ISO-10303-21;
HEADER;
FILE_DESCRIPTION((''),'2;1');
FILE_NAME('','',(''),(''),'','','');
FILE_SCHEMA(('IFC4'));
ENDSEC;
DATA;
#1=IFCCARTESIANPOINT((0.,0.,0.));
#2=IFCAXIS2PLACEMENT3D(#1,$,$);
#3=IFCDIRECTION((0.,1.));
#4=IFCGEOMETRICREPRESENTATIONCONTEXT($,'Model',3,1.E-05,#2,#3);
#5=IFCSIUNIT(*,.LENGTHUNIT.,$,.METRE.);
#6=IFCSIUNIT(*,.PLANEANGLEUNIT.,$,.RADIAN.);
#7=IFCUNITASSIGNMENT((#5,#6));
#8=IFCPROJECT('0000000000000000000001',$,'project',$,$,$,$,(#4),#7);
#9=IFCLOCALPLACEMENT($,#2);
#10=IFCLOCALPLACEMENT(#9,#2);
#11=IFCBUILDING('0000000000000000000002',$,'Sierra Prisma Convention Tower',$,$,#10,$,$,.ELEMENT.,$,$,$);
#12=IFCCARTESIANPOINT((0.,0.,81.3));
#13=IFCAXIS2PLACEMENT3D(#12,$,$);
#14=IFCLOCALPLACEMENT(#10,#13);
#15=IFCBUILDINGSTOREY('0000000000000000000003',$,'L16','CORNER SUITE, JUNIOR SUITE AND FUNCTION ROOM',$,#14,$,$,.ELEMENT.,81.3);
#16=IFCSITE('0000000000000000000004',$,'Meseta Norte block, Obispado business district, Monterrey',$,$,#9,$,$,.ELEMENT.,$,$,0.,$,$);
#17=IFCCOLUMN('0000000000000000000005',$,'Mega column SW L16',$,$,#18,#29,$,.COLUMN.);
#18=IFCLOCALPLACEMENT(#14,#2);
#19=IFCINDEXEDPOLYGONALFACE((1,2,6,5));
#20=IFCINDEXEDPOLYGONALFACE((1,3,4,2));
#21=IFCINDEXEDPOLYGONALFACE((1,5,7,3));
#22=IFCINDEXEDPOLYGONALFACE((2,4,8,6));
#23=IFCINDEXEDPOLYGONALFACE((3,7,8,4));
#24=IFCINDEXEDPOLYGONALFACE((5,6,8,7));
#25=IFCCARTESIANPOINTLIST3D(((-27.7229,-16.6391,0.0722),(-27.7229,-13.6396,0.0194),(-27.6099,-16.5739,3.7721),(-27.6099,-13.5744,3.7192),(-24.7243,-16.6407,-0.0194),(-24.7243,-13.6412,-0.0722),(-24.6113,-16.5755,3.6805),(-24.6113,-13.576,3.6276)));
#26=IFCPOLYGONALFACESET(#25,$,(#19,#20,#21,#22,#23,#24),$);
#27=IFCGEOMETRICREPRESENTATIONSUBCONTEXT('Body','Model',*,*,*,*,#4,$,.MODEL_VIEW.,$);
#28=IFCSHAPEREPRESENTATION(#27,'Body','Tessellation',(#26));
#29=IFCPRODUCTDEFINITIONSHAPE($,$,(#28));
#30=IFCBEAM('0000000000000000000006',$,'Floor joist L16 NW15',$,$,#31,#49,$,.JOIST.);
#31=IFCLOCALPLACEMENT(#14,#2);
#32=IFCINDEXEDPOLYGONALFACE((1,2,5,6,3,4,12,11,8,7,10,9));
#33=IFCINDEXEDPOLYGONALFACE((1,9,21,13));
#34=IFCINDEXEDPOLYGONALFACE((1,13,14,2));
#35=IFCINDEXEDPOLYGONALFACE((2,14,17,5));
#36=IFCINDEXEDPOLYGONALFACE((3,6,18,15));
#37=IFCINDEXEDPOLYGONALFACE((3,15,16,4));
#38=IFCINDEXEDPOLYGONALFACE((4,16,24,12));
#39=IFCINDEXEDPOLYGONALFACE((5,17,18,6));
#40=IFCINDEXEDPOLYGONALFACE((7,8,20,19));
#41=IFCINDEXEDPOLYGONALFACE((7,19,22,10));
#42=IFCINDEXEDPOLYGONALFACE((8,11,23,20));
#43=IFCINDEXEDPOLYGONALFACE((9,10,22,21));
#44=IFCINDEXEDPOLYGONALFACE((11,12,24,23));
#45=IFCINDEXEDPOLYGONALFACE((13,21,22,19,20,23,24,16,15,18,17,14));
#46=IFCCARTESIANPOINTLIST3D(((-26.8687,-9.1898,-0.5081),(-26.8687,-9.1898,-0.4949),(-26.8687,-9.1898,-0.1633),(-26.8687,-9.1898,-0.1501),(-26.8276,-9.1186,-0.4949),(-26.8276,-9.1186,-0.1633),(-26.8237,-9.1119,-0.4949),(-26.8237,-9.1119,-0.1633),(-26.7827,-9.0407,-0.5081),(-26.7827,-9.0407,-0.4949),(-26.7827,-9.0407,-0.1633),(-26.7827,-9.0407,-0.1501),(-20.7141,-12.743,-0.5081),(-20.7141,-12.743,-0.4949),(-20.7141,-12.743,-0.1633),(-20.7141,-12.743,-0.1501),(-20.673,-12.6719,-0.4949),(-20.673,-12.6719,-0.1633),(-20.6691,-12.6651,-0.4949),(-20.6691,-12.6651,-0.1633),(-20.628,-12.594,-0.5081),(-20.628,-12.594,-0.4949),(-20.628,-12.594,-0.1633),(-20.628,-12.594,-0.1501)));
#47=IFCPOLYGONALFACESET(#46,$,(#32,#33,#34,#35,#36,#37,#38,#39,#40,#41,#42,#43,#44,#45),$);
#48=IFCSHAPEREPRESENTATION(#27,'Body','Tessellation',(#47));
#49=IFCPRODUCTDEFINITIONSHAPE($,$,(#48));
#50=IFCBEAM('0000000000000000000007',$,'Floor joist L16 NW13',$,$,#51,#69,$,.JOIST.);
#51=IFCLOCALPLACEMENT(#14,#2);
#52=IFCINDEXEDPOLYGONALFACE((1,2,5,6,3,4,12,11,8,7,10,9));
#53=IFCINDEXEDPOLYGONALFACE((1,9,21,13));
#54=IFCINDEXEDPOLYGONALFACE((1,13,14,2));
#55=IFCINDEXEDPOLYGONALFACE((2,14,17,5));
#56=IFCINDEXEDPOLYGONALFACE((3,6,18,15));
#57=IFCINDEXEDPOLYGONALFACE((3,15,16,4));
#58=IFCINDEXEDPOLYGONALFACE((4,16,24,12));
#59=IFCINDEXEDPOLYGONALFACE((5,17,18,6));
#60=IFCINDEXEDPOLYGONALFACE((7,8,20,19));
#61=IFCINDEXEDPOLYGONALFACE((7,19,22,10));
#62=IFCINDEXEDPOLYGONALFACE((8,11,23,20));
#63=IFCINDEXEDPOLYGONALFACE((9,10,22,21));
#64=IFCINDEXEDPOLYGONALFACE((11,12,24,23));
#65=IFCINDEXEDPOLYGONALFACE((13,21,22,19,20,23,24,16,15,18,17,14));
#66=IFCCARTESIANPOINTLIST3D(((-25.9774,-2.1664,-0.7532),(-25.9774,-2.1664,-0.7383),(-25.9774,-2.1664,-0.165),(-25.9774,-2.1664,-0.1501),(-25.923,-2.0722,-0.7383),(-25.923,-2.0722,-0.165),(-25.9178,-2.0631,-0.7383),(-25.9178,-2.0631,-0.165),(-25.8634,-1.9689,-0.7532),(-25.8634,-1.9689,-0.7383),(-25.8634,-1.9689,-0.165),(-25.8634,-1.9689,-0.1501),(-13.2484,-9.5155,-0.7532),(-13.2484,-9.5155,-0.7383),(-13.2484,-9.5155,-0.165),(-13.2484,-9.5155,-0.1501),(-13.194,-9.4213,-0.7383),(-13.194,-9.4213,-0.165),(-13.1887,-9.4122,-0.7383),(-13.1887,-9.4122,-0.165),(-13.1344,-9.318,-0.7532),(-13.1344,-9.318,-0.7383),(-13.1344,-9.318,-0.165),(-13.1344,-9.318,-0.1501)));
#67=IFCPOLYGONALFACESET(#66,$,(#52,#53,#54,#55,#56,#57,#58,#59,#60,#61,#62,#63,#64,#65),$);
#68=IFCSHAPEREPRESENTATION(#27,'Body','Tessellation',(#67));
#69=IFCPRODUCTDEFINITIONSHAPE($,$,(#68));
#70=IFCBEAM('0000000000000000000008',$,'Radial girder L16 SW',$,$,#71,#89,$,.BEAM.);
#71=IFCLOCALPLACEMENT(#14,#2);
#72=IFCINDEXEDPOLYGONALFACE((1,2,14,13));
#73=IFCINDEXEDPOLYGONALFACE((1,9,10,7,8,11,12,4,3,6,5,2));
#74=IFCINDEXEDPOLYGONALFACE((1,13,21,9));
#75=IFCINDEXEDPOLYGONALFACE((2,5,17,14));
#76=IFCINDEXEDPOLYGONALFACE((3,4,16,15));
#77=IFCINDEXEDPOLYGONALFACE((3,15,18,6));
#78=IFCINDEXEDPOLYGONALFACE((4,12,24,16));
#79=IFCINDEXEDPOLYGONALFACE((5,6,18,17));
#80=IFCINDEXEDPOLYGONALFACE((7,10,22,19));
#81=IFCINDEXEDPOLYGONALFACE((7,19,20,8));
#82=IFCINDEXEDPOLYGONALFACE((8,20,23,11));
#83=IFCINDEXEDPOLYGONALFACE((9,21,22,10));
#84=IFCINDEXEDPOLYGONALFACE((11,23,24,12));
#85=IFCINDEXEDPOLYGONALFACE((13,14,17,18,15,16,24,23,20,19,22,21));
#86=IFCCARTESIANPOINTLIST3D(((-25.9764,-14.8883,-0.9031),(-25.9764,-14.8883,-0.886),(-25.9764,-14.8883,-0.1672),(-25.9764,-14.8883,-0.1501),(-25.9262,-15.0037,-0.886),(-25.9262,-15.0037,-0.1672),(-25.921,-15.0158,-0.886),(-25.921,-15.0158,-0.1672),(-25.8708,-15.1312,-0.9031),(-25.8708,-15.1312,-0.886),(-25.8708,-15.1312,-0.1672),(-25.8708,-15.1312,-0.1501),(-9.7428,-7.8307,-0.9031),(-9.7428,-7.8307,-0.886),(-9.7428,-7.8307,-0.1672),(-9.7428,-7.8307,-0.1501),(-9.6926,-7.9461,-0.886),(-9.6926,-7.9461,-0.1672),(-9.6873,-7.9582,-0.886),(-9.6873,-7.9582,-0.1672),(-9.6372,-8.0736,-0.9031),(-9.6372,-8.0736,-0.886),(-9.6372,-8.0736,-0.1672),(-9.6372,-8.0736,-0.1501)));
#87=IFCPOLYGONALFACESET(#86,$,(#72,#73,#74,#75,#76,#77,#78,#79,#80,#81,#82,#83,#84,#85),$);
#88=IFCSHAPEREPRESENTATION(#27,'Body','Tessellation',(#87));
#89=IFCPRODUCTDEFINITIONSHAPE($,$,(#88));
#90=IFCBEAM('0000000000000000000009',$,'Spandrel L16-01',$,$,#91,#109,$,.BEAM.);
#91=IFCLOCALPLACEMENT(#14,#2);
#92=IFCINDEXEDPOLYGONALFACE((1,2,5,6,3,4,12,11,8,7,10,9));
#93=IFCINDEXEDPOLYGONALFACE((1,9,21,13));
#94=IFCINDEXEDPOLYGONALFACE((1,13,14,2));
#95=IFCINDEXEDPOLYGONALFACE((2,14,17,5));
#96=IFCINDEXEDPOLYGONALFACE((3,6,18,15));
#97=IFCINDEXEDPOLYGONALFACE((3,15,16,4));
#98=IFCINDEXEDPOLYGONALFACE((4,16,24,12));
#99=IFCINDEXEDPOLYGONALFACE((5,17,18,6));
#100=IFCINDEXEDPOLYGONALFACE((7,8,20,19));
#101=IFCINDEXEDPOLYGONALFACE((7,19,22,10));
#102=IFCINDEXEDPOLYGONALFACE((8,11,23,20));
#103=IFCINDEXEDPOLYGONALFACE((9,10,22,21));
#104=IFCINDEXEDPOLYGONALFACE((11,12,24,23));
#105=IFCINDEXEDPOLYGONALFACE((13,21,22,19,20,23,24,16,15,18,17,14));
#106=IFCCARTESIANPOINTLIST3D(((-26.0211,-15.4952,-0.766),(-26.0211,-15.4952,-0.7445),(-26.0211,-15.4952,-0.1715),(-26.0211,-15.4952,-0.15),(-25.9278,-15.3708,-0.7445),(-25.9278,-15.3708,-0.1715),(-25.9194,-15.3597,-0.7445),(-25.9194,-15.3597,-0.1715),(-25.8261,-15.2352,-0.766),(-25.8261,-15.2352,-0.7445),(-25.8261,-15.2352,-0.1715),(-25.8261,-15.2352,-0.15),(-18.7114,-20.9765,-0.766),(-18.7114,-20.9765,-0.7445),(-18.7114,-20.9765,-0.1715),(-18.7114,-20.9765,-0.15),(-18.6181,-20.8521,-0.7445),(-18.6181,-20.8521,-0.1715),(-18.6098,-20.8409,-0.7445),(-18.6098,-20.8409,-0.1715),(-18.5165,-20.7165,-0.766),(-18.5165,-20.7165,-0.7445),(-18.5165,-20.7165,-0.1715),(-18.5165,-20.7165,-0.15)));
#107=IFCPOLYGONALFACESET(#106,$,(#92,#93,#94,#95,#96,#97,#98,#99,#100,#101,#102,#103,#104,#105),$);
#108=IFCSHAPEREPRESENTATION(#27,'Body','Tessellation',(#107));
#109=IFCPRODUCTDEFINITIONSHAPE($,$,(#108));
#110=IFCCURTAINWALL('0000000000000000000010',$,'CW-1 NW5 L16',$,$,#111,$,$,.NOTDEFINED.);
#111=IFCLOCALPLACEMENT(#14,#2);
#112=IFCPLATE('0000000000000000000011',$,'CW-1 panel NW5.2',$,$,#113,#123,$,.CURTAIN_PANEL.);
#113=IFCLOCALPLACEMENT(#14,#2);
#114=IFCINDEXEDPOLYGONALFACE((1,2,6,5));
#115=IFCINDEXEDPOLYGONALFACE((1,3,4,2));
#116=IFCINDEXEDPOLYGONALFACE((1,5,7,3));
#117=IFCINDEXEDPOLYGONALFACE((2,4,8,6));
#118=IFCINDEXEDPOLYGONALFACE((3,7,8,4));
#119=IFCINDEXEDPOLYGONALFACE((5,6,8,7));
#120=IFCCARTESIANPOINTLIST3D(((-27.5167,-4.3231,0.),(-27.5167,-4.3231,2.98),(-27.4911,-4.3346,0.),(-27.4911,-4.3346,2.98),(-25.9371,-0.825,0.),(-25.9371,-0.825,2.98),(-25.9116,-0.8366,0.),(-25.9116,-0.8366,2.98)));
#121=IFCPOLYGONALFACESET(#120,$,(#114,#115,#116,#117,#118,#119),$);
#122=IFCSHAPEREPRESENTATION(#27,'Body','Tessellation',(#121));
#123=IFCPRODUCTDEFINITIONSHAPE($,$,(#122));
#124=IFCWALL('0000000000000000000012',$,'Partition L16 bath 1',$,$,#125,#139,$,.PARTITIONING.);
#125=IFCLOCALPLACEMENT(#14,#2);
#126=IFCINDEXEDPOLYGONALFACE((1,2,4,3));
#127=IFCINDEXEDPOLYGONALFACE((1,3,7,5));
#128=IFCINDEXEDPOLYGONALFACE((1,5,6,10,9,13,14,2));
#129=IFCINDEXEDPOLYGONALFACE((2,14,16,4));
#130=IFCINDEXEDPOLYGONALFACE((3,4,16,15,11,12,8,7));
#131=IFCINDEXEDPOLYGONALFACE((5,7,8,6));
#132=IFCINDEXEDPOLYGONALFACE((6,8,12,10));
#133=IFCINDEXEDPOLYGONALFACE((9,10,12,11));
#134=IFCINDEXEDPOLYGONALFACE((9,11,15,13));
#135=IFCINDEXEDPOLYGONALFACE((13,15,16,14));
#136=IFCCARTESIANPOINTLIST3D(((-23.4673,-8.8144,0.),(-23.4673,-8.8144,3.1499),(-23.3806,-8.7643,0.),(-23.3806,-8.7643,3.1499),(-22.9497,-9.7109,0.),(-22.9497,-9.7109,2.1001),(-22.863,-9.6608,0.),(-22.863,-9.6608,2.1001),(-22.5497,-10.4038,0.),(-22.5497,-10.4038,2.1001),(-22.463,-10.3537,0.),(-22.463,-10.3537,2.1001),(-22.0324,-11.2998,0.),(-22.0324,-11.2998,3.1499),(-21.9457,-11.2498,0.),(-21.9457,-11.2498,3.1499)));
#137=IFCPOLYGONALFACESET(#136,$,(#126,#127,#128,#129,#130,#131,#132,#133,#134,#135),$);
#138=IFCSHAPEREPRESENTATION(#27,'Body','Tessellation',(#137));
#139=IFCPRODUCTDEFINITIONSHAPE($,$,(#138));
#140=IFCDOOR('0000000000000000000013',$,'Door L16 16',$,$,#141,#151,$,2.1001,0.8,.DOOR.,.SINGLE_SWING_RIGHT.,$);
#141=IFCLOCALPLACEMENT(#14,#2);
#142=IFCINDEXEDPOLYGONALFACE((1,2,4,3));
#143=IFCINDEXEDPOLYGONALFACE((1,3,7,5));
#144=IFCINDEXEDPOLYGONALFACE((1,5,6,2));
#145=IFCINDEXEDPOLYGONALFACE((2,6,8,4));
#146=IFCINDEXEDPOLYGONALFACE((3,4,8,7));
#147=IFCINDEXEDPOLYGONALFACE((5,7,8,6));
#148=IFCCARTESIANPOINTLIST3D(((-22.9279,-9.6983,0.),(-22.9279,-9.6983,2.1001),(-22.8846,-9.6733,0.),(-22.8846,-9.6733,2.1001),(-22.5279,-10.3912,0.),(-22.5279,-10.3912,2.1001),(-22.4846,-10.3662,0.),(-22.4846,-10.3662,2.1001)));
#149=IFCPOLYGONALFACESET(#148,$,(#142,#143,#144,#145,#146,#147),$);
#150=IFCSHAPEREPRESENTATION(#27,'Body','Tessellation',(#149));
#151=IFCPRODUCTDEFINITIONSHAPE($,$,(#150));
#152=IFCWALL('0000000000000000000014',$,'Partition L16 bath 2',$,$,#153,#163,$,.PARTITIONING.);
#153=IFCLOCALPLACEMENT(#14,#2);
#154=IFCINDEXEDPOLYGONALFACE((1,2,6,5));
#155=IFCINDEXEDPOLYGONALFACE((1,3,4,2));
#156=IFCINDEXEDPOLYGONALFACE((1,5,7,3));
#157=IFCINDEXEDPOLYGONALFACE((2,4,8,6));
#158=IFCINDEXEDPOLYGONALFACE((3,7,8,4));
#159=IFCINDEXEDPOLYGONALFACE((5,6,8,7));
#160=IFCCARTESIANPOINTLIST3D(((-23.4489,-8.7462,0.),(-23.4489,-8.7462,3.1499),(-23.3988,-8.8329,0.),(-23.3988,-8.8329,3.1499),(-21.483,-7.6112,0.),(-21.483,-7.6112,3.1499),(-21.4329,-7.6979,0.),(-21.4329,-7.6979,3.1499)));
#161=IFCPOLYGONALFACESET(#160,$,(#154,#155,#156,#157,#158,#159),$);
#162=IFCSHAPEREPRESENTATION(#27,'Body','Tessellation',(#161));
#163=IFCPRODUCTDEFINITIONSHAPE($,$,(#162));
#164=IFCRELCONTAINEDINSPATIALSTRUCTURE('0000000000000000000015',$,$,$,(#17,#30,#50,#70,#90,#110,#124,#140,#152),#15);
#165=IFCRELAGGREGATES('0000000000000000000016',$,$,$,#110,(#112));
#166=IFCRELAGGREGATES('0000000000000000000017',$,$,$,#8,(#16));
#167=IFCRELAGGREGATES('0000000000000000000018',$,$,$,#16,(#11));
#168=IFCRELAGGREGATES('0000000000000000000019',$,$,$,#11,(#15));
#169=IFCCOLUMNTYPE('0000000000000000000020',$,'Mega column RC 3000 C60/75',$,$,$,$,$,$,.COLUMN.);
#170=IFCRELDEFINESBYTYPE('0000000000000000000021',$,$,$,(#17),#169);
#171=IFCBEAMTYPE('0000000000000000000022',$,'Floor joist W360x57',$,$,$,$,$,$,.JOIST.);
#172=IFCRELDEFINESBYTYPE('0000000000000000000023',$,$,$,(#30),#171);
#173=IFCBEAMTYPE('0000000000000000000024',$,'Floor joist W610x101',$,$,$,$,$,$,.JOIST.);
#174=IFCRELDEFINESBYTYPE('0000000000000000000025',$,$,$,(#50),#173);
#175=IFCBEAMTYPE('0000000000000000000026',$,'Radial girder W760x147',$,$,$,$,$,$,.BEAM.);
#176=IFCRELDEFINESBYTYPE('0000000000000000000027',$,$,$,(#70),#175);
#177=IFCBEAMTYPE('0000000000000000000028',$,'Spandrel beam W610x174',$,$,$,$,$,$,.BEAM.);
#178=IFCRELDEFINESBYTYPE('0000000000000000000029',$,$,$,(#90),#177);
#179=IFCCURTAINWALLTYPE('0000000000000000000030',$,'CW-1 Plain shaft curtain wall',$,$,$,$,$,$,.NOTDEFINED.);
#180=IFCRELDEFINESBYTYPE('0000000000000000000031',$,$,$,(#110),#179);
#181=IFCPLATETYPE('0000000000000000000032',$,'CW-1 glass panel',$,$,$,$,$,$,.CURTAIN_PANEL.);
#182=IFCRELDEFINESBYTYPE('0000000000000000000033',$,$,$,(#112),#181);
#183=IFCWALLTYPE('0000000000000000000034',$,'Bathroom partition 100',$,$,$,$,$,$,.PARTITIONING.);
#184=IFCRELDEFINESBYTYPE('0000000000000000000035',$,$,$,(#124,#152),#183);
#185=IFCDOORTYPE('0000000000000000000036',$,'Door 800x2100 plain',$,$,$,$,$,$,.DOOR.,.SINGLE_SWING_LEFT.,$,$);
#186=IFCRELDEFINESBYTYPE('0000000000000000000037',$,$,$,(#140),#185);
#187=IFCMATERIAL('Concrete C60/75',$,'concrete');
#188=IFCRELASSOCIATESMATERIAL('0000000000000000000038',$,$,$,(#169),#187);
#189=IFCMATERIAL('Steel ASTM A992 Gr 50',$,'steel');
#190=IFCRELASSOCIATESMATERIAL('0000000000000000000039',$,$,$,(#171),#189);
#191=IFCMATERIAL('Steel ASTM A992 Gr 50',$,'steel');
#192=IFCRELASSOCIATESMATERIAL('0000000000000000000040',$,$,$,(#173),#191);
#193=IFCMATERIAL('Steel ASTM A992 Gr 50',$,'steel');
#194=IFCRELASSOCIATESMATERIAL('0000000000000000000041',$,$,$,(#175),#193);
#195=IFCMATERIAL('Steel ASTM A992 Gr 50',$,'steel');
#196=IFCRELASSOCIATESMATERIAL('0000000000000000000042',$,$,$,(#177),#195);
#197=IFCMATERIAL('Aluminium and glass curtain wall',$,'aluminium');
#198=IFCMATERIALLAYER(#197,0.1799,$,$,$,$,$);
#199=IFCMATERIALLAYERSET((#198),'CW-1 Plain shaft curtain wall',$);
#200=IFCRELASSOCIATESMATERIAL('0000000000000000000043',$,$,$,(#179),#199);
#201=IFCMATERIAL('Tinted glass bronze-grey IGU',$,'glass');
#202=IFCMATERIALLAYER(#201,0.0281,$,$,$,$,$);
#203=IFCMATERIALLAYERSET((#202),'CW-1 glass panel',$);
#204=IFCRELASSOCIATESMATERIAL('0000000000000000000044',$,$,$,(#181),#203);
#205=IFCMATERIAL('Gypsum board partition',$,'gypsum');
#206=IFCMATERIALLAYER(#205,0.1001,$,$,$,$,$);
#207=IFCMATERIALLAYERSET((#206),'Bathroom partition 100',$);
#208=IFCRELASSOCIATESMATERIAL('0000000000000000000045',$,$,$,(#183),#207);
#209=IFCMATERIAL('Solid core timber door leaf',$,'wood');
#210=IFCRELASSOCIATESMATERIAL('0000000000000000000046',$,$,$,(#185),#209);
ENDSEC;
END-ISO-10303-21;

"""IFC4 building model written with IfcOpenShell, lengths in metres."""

from ifc_helpers import new_model, si_unit, direction, frame, frame_2d, origin, origin_2d, place, context, subcontext, project, spatial, rectangle, i_section, extrude, material, layer, layer_set, material_profile, profile_set, type_object, element, fill, aggregate, save


model = new_model("IFC4")

# Units and contexts
model_context = context("Model", 3, precision=1e-05, world=origin(), true_north=direction((0.0, 1.0)))
body_context = subcontext(model_context, "Body", "Model", "MODEL_VIEW")
ifc_project = project(units=[si_unit("LENGTHUNIT", "METRE"), si_unit("PLANEANGLEUNIT", "RADIAN")], contexts=[model_context])

# Site, building, storey
site_placement = place(None, origin())
site = spatial("IfcSite", under=ifc_project, at=site_placement, Name="Meseta Norte block, Obispado business district, Monterrey", CompositionType="ELEMENT", RefElevation=0.0)
building_placement = place(site_placement, origin())
building = spatial("IfcBuilding", under=site, at=building_placement, Name="Sierra Prisma Convention Tower", CompositionType="ELEMENT")
storey_placement = place(building_placement, frame((0.0, 0.0, 81.3)))
storey = spatial("IfcBuildingStorey", under=building, at=storey_placement, Name="L16", Description="CORNER SUITE, JUNIOR SUITE AND FUNCTION ROOM", CompositionType="ELEMENT", Elevation=81.3)

# Column
ifc_material_1 = material(Name="Concrete C60/75", Category="concrete")
ifc_material_profile_1 = material_profile(ifc_material_1, rectangle(XDim=3.0, YDim=3.0, at=origin_2d()), Name="Mega column RC 3000 C60/75")
ifc_profile_set_1 = profile_set([ifc_material_profile_1], Name="Concrete C60/75")
column_type = type_object("IfcColumnType", Name="Mega column RC 3000 C60/75", PredefinedType="COLUMN", material=ifc_profile_set_1)
column_placement = place(storey_placement, frame((-26.2236, -15.1401, 0.0), z_axis=(0.030532, 0.017607, 0.999379), x_axis=(0.999534, -0.000538, -0.030527)))
element("IfcColumn", 1, at=column_placement, inside=storey, type_object=column_type, Name="Mega column SW L16", PredefinedType="COLUMN", context=body_context, shape_type="SweptSolid", body=[
    extrude(rectangle(XDim=3.0, YDim=3.0, at=origin_2d()), origin(), (0.0, 0.0, 1.0), 3.7021),
])

# Beams
ifc_material_2 = material(Name="Steel ASTM A992 Gr 50", Category="steel")
ifc_material_profile_2 = material_profile(ifc_material_2, i_section(OverallWidth=0.1721, OverallDepth=0.3579, WebThickness=0.0078, FlangeThickness=0.0132, at=origin_2d()), Name="W360x57")
ifc_profile_set_2 = profile_set([ifc_material_profile_2], Name="Steel ASTM A992 Gr 50")
beam_type_1 = type_object("IfcBeamType", Name="Floor joist W360x57", PredefinedType="JOIST", material=ifc_profile_set_2)
beam_1_placement = place(storey_placement, frame((-26.8257, -9.1152, -0.3291), z_axis=(0.866032, -0.499989, 0.0), x_axis=(0.499989, 0.866032, 0.0)))
element("IfcBeam", 2, at=beam_1_placement, inside=storey, type_object=beam_type_1, Name="Floor joist L16 NW15", PredefinedType="JOIST", context=body_context, shape_type="SweptSolid", body=[
    extrude(i_section(OverallWidth=0.1721, OverallDepth=0.3579, WebThickness=0.0078, FlangeThickness=0.0132, at=origin_2d()), origin(), (0.0, 0.0, 1.0), 7.1067),
])
ifc_material_3 = material(Name="Steel ASTM A992 Gr 50", Category="steel")
ifc_material_profile_3 = material_profile(ifc_material_3, i_section(OverallWidth=0.228, OverallDepth=0.603, WebThickness=0.0105, FlangeThickness=0.0149, at=origin_2d()), Name="W610x101")
ifc_profile_set_3 = profile_set([ifc_material_profile_3], Name="Steel ASTM A992 Gr 50")
beam_type_2 = type_object("IfcBeamType", Name="Floor joist W610x101", PredefinedType="JOIST", material=ifc_profile_set_3)
beam_2_placement = place(storey_placement, frame((-25.9204, -2.0676, -0.4517), z_axis=(0.866025, -0.500001, 0.0), x_axis=(0.500001, 0.866025, 0.0)))
element("IfcBeam", 3, at=beam_2_placement, inside=storey, type_object=beam_type_2, Name="Floor joist L16 NW13", PredefinedType="JOIST", context=body_context, shape_type="SweptSolid", body=[
    extrude(i_section(OverallWidth=0.228, OverallDepth=0.603, WebThickness=0.0105, FlangeThickness=0.0149, at=origin_2d()), origin(), (0.0, 0.0, 1.0), 14.6982),
])
ifc_material_4 = material(Name="Steel ASTM A992 Gr 50", Category="steel")
ifc_material_profile_4 = material_profile(ifc_material_4, i_section(OverallWidth=0.2649, OverallDepth=0.7529, WebThickness=0.0132, FlangeThickness=0.0171, at=origin_2d()), Name="W760x147")
ifc_profile_set_4 = profile_set([ifc_material_profile_4], Name="Steel ASTM A992 Gr 50")
beam_type_3 = type_object("IfcBeamType", Name="Radial girder W760x147", PredefinedType="BEAM", material=ifc_profile_set_4)
beam_3_placement = place(storey_placement, frame((-25.9236, -15.0098, -0.5266), z_axis=(0.91708, 0.398703, 0.0), x_axis=(-0.398703, 0.91708, 0.0)))
element("IfcBeam", 4, at=beam_3_placement, inside=storey, type_object=beam_type_3, Name="Radial girder L16 SW", PredefinedType="BEAM", context=body_context, shape_type="SweptSolid", body=[
    extrude(i_section(OverallWidth=0.2649, OverallDepth=0.7529, WebThickness=0.0132, FlangeThickness=0.0171, at=origin_2d()), origin(), (0.0, 0.0, 1.0), 17.7014),
])
ifc_material_5 = material(Name="Steel ASTM A992 Gr 50", Category="steel")
ifc_material_profile_5 = material_profile(ifc_material_5, i_section(OverallWidth=0.325, OverallDepth=0.616, WebThickness=0.0139, FlangeThickness=0.0215, at=origin_2d()), Name="W610x174")
ifc_profile_set_5 = profile_set([ifc_material_profile_5], Name="Steel ASTM A992 Gr 50")
beam_type_4 = type_object("IfcBeamType", Name="Spandrel beam W610x174", PredefinedType="BEAM", material=ifc_profile_set_5)
beam_4_placement = place(storey_placement, frame((-25.9236, -15.3652, -0.458), z_axis=(0.800051, -0.599932, 0.0), x_axis=(0.599932, 0.800051, 0.0)))
element("IfcBeam", 5, at=beam_4_placement, inside=storey, type_object=beam_type_4, Name="Spandrel L16-01", PredefinedType="BEAM", context=body_context, shape_type="SweptSolid", body=[
    extrude(i_section(OverallWidth=0.325, OverallDepth=0.616, WebThickness=0.0139, FlangeThickness=0.0215, at=origin_2d()), origin(), (0.0, 0.0, 1.0), 9.1365),
])

# Curtain wall, plate
ifc_material_6 = material(Name="Aluminium and glass curtain wall", Category="aluminium")
ifc_layer_1 = layer(ifc_material_6, 0.1799)
ifc_layer_set_1 = layer_set([ifc_layer_1], Name="CW-1 Plain shaft curtain wall")
curtain_wall_type = type_object("IfcCurtainWallType", Name="CW-1 Plain shaft curtain wall", PredefinedType="NOTDEFINED", material=ifc_layer_set_1)
curtain_wall_placement = place(storey_placement, origin())
curtain_wall = element("IfcCurtainWall", 6, at=curtain_wall_placement, inside=storey, type_object=curtain_wall_type, Name="CW-1 NW5 L16", PredefinedType="NOTDEFINED")
ifc_material_7 = material(Name="Tinted glass bronze-grey IGU", Category="glass")
ifc_layer_2 = layer(ifc_material_7, 0.0281)
ifc_layer_set_2 = layer_set([ifc_layer_2], Name="CW-1 glass panel")
plate_type = type_object("IfcPlateType", Name="CW-1 glass panel", PredefinedType="CURTAIN_PANEL", material=ifc_layer_set_2)
plate_placement = place(storey_placement, frame((-26.7141, -2.5798, 0.0), z_axis=(0.0, 0.0, 1.0), x_axis=(-0.411534, -0.911394, 0.0)))
plate = element("IfcPlate", 7, at=plate_placement, type_object=plate_type, Name="CW-1 panel NW5.2", PredefinedType="CURTAIN_PANEL", context=body_context, shape_type="SweptSolid", body=[
    extrude(rectangle(XDim=3.8381, YDim=0.0281, at=origin_2d()), origin(), (0.0, 0.0, 1.0), 2.98),
])
aggregate(curtain_wall, [plate])

# Wall, opening, door
ifc_material_8 = material(Name="Gypsum board partition", Category="gypsum")
ifc_layer_3 = layer(ifc_material_8, 0.1001)
ifc_layer_set_3 = layer_set([ifc_layer_3], Name="Bathroom partition 100")
wall_type_1 = type_object("IfcWallType", Name="Bathroom partition 100", PredefinedType="PARTITIONING", material=ifc_layer_set_3)
wall_1_placement = place(storey_placement, frame((-21.989, -11.2749, 0.0), z_axis=(0.0, 0.0, 1.0), x_axis=(-0.499973, 0.866041, 0.0)))
wall_1 = element("IfcWall", 8, at=wall_1_placement, inside=storey, type_object=wall_type_1, Name="Partition L16 bath 1", PredefinedType="PARTITIONING", context=body_context, shape_type="SweptSolid", body=[
    extrude(rectangle(XDim=2.8699, YDim=0.1001, at=frame_2d((1.4351, 0.0))), origin(), (0.0, 0.0, 1.0), 3.1499),
])
opening_1_placement = place(wall_1_placement, frame((1.0349, 0.0, 0.0)))
opening_1 = element("IfcOpeningElement", 9, at=opening_1_placement, cuts=wall_1, PredefinedType="OPENING", context=body_context, shape_type="SweptSolid", body=[
    extrude(rectangle(XDim=0.8, YDim=2.1001, at=frame_2d((0.3999, 1.05))), frame((0.0, 0.05, 0.0), z_axis=(0.0, -1.0, 0.0), x_axis=(1.0, 0.0, 0.0)), (0.0, 0.0, 1.0), 0.1001),
])
ifc_material_9 = material(Name="Solid core timber door leaf", Category="wood")
door_type_1 = type_object("IfcDoorType", Name="Door 800x2100 plain", OperationType="SINGLE_SWING_LEFT", PredefinedType="DOOR", material=ifc_material_9)
door_1_placement = place(opening_1_placement, origin())
door_1 = element("IfcDoor", 10, at=door_1_placement, inside=storey, type_object=door_type_1, Name="Door L16 16", OperationType="SINGLE_SWING_RIGHT", OverallHeight=2.1001, OverallWidth=0.8, PredefinedType="DOOR", context=body_context, shape_type="SweptSolid", body=[
    extrude(rectangle(XDim=0.8, YDim=2.1001, at=frame_2d((0.3999, 1.05))), frame((0.0, 0.0249, 0.0), z_axis=(0.0, -1.0, 0.0), x_axis=(1.0, 0.0, 0.0)), (0.0, 0.0, 1.0), 0.05),
])
fill(opening_1, door_1)

# Wall
wall_2_placement = place(storey_placement, frame((-23.4238, -8.7896, 0.0), z_axis=(0.0, 0.0, 1.0), x_axis=(0.866017, 0.500014, 0.0)))
element("IfcWall", 11, at=wall_2_placement, inside=storey, type_object=wall_type_1, Name="Partition L16 bath 2", PredefinedType="PARTITIONING", context=body_context, shape_type="SweptSolid", body=[
    extrude(rectangle(XDim=2.27, YDim=0.1001, at=frame_2d((1.135, 0.0))), origin(), (0.0, 0.0, 1.0), 3.1499),
])

save(model, "model.ifc")
